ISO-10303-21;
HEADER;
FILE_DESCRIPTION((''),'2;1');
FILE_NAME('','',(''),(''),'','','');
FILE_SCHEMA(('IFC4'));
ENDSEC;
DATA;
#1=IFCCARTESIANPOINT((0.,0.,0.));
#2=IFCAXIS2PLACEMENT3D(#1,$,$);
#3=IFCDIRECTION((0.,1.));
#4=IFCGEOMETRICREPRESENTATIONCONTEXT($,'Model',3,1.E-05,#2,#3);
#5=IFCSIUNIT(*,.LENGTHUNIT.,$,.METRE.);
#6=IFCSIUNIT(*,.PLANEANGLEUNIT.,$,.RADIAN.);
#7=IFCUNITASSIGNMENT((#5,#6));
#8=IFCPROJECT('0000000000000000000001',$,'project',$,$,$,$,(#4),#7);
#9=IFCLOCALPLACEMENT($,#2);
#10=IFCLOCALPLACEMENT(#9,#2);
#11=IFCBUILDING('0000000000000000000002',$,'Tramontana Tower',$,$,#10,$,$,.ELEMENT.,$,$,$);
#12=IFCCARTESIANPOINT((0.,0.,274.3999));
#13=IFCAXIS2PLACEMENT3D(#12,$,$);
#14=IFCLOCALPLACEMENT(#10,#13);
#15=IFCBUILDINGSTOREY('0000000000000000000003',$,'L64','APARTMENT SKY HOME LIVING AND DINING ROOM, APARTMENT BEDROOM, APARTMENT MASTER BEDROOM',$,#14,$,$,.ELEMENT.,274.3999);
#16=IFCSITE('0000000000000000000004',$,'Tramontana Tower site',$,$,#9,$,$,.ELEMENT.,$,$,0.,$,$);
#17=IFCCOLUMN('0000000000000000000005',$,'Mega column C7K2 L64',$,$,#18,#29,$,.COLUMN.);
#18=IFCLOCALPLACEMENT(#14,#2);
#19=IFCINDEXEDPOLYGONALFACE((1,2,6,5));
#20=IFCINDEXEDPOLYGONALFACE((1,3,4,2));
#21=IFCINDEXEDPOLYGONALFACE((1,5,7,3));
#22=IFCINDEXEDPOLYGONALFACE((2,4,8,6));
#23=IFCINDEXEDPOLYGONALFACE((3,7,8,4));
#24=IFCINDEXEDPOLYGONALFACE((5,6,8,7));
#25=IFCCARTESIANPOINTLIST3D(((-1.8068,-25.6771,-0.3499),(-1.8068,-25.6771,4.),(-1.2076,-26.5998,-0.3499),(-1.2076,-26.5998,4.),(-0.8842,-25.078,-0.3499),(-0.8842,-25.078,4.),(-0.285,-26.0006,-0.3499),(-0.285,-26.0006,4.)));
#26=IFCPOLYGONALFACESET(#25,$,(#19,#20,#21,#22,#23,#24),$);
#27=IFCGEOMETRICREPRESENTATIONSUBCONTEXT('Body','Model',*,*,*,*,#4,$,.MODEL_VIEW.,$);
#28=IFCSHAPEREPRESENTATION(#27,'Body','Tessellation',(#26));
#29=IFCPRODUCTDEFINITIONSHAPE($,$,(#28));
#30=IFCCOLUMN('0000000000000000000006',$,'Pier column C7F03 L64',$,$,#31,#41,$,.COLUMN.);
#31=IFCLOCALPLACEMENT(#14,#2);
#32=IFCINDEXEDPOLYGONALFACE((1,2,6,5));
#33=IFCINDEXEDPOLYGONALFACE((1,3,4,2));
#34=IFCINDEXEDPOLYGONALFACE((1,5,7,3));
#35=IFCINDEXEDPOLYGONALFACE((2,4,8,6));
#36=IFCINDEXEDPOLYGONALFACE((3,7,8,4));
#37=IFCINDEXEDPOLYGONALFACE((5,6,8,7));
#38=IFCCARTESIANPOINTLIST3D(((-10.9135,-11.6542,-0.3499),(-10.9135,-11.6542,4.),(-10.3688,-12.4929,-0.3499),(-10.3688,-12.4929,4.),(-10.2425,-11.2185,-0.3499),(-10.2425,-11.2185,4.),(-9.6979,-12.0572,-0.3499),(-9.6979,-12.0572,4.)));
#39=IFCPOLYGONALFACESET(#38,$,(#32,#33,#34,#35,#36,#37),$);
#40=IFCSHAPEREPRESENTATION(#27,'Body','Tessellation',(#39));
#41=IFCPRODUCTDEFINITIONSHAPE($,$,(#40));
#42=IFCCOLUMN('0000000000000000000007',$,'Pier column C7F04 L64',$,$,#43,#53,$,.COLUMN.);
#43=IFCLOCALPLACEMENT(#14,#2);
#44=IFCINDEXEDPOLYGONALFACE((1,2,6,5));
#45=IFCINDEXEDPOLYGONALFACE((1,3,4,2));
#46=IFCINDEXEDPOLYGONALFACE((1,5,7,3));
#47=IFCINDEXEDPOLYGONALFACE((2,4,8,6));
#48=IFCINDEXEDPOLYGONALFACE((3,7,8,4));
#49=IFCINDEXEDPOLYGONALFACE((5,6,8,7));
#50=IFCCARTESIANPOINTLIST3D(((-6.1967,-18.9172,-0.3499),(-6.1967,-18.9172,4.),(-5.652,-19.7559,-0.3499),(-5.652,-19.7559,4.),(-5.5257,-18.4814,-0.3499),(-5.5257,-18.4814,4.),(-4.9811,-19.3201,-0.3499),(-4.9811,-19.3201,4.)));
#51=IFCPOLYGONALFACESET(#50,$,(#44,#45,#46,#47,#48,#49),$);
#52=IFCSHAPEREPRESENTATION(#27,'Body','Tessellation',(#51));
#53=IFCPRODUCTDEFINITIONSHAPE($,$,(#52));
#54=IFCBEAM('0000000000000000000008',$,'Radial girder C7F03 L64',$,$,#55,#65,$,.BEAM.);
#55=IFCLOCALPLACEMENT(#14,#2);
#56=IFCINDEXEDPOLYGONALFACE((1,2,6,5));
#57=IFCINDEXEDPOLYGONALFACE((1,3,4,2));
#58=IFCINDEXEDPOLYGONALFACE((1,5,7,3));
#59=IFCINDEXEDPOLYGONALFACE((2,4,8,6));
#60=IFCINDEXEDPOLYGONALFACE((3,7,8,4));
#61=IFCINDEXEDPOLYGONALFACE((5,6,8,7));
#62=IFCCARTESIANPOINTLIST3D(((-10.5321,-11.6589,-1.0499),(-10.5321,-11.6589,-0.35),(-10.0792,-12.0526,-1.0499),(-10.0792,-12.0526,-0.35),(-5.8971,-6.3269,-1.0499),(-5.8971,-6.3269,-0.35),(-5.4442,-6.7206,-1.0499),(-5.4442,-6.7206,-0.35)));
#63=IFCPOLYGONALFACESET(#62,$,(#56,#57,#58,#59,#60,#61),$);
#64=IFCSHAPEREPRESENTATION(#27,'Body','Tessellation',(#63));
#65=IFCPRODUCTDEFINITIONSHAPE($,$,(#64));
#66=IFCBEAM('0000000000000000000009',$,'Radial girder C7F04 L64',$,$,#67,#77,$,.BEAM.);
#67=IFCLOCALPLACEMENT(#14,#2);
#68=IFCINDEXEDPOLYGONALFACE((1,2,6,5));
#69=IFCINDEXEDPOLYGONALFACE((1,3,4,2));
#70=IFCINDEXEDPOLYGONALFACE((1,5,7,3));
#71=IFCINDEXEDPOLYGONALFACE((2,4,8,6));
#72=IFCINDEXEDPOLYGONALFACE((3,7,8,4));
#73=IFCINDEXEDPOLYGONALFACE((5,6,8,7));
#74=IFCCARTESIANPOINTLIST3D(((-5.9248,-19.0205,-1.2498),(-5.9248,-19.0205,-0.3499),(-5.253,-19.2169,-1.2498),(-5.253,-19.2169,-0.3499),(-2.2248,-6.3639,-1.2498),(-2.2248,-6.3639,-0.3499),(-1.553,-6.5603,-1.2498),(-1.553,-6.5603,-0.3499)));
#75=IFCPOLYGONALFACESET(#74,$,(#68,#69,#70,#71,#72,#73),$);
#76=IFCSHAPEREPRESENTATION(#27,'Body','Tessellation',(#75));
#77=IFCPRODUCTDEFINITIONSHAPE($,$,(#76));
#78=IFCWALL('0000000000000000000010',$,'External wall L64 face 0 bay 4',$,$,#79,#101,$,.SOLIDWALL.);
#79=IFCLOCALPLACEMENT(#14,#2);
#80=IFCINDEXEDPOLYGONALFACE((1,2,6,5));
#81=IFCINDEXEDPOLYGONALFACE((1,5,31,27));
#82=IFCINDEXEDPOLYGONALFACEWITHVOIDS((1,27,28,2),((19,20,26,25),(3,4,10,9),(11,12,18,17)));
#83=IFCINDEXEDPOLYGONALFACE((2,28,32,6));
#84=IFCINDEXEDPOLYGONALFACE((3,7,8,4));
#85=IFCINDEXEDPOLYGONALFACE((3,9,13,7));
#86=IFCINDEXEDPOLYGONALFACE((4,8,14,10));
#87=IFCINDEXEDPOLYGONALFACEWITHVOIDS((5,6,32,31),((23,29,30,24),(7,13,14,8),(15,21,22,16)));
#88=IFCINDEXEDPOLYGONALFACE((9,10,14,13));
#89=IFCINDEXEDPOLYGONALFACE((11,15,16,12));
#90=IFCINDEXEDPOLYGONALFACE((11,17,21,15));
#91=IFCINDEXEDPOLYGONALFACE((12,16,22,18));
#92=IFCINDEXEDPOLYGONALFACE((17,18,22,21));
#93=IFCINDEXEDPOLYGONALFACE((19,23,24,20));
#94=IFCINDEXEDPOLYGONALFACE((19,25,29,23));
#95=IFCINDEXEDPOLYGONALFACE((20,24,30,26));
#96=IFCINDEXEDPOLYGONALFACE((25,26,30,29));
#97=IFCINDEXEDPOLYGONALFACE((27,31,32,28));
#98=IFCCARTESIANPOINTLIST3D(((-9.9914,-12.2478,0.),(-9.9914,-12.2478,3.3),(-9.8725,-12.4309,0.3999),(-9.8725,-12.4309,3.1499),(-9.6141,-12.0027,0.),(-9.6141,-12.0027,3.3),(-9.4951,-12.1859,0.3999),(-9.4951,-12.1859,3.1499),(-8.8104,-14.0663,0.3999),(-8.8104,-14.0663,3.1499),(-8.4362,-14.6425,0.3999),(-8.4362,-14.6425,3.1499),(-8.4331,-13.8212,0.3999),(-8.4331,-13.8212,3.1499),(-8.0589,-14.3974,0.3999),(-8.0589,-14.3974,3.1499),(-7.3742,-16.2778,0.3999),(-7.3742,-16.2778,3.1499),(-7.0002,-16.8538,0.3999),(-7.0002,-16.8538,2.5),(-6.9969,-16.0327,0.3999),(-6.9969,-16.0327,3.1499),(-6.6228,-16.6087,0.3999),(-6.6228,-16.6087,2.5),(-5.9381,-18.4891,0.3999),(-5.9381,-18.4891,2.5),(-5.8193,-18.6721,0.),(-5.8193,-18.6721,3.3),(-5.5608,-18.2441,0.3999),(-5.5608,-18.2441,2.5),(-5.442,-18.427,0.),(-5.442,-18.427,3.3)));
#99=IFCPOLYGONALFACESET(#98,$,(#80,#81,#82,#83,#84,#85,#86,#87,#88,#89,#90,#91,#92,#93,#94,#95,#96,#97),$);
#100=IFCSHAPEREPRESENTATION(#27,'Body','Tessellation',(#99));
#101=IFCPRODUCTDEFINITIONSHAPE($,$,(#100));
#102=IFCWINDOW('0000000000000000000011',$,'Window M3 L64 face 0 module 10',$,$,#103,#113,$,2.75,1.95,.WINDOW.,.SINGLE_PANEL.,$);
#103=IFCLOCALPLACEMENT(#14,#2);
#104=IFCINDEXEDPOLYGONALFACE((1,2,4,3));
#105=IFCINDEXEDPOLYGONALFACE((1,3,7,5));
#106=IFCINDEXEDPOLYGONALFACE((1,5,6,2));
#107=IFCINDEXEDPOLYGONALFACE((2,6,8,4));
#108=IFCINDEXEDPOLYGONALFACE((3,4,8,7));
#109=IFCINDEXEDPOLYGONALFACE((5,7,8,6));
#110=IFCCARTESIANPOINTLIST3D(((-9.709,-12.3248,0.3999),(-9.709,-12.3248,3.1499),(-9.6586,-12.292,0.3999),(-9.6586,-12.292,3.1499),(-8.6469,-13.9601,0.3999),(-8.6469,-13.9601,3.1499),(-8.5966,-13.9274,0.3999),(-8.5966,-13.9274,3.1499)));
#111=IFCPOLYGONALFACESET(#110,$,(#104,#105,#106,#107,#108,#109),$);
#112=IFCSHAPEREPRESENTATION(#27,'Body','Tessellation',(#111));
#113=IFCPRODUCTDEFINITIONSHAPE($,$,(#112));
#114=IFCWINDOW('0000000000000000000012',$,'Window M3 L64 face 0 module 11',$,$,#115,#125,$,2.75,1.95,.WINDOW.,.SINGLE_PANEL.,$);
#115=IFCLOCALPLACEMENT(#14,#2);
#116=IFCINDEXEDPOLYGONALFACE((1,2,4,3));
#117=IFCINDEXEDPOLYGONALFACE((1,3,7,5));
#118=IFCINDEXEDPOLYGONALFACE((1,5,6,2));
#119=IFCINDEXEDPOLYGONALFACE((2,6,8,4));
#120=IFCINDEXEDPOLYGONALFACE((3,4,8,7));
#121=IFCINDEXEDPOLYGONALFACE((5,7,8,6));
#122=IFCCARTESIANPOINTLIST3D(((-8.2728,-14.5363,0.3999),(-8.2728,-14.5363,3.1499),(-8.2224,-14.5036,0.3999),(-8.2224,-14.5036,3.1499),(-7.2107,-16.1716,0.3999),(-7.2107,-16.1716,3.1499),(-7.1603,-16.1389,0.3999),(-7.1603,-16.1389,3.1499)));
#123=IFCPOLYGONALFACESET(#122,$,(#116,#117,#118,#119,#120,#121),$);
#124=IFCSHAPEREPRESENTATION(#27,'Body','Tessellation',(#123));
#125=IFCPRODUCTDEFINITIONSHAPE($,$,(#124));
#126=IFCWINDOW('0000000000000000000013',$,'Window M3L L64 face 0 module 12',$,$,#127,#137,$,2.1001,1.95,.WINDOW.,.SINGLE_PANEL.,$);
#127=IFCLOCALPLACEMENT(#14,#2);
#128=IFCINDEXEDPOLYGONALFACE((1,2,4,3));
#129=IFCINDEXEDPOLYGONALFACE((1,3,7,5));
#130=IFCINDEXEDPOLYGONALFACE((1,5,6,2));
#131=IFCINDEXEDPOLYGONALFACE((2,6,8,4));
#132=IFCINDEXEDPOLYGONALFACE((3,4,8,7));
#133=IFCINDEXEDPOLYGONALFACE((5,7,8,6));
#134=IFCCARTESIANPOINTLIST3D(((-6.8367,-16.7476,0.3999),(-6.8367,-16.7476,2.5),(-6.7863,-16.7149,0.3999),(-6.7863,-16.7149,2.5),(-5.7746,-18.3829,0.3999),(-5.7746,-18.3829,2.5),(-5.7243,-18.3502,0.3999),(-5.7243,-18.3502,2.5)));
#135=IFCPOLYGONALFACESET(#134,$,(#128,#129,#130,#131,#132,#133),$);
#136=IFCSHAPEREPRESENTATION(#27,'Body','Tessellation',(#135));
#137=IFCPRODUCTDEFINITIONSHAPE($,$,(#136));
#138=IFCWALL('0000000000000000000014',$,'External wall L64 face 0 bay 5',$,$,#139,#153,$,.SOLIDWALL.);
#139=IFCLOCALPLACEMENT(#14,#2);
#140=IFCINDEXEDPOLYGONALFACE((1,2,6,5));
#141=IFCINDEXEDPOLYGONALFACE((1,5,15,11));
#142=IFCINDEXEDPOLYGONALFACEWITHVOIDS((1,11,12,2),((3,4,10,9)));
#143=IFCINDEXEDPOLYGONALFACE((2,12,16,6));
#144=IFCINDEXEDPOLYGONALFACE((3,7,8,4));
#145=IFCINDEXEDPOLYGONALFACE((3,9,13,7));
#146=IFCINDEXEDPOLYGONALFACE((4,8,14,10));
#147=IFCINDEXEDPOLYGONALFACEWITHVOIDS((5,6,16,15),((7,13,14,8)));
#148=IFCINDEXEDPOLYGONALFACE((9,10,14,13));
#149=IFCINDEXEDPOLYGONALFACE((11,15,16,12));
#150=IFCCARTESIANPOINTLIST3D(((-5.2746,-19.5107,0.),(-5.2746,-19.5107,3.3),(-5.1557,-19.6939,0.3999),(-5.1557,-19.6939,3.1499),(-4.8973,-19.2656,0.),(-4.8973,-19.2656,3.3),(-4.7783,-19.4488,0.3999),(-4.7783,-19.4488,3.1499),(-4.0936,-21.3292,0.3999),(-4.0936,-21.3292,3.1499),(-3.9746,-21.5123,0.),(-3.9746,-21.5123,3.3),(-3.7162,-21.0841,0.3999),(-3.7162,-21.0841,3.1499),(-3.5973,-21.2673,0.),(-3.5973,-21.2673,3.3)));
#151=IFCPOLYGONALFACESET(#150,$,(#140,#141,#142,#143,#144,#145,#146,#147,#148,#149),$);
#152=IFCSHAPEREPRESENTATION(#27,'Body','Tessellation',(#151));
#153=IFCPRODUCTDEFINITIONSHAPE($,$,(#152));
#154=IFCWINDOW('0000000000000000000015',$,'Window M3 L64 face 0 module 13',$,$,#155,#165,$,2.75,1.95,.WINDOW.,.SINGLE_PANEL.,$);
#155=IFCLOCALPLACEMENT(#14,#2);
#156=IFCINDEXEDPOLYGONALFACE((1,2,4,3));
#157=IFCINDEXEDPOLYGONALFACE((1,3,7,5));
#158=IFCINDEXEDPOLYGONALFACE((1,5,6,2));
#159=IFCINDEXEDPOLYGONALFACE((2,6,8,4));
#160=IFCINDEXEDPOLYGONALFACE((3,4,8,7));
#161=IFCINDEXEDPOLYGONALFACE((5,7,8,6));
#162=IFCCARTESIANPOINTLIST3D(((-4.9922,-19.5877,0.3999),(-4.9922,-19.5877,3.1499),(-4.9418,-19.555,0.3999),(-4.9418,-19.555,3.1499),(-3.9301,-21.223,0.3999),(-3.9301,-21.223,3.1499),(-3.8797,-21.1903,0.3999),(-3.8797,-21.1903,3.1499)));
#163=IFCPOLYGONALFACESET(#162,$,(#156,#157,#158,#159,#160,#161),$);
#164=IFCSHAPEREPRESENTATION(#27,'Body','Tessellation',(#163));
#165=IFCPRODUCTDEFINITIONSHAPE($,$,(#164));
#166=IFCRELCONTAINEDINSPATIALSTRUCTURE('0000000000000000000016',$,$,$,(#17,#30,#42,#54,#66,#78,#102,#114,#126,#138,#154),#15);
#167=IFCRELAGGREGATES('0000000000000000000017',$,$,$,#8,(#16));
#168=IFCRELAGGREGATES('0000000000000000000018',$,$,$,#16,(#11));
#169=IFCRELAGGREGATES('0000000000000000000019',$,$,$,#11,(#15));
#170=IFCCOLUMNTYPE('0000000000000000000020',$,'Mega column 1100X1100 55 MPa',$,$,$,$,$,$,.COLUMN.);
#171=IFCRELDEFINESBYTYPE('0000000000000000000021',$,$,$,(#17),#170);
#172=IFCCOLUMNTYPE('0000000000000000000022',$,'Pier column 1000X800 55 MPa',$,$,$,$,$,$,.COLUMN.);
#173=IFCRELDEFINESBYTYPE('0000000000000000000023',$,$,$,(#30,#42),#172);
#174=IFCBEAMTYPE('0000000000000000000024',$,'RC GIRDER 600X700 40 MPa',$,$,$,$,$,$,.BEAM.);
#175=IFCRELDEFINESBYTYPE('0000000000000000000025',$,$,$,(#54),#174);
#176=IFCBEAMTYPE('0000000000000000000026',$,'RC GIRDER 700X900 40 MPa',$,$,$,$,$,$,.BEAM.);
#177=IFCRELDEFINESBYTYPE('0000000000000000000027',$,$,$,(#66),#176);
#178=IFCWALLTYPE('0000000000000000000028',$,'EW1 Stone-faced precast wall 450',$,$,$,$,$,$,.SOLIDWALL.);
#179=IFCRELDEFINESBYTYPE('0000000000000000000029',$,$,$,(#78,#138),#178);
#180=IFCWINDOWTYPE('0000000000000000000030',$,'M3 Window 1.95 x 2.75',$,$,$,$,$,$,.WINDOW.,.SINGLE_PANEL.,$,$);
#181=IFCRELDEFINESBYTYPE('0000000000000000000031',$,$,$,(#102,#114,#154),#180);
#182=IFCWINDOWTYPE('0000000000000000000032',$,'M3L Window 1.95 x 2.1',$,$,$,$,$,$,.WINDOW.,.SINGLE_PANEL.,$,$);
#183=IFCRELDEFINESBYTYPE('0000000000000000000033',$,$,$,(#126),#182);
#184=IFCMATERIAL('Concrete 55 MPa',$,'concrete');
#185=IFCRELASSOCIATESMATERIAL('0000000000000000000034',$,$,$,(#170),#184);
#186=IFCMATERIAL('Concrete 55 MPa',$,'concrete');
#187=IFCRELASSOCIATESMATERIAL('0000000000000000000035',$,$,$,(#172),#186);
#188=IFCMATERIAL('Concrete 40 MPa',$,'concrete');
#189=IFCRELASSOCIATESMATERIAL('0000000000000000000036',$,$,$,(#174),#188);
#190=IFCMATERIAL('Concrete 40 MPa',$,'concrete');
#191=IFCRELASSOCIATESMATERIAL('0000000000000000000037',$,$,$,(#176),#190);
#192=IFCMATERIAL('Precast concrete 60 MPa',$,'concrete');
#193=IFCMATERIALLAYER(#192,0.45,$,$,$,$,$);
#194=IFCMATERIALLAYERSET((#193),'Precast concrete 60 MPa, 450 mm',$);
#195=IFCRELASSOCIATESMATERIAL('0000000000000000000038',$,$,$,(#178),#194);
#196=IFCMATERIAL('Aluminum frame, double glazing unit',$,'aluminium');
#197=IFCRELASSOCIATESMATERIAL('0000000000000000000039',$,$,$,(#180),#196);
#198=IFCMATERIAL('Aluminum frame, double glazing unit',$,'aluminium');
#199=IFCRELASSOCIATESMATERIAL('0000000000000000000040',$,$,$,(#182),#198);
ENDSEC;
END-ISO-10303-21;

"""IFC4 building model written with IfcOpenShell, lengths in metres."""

from ifc_helpers import new_model, si_unit, direction, frame, frame_2d, origin, origin_2d, place, context, subcontext, project, spatial, rectangle, extrude, material, layer, layer_set, material_profile, profile_set, type_object, element, fill, save


model = new_model("IFC4")

# Units and contexts
model_context = context("Model", 3, precision=1e-05, world=origin(), true_north=direction((0.0, 1.0)))
body_context = subcontext(model_context, "Body", "Model", "MODEL_VIEW")
ifc_project = project(units=[si_unit("LENGTHUNIT", "METRE"), si_unit("PLANEANGLEUNIT", "RADIAN")], contexts=[model_context])

# Site, building, storey
site_placement = place(None, origin())
site = spatial("IfcSite", under=ifc_project, at=site_placement, Name="Tramontana Tower site", CompositionType="ELEMENT", RefElevation=0.0)
building_placement = place(site_placement, origin())
building = spatial("IfcBuilding", under=site, at=building_placement, Name="Tramontana Tower", CompositionType="ELEMENT")
storey_placement = place(building_placement, frame((0.0, 0.0, 274.3999)))
storey = spatial("IfcBuildingStorey", under=building, at=storey_placement, Name="L64", Description="APARTMENT SKY HOME LIVING AND DINING ROOM, APARTMENT BEDROOM, APARTMENT MASTER BEDROOM", CompositionType="ELEMENT", Elevation=274.3999)

# Columns
ifc_material_1 = material(Name="Concrete 55 MPa", Category="concrete")
ifc_material_profile_1 = material_profile(ifc_material_1, rectangle(XDim=1.1001, YDim=1.1001, at=origin_2d()), Name="Mega column 1100X1100 55 MPa")
ifc_profile_set_1 = profile_set([ifc_material_profile_1], Name="Concrete 55 MPa")
column_type_1 = type_object("IfcColumnType", Name="Mega column 1100X1100 55 MPa", PredefinedType="COLUMN", material=ifc_profile_set_1)
column_placement = place(storey_placement, frame((-1.0459, -25.8389, -0.3499), z_axis=(0.0, 0.0, 1.0), x_axis=(0.544639, -0.838671, 0.0)))
element("IfcColumn", 1, at=column_placement, inside=storey, type_object=column_type_1, Name="Mega column C7K2 L64", PredefinedType="COLUMN", context=body_context, shape_type="SweptSolid", body=[
    extrude(rectangle(XDim=1.1001, YDim=1.1001, at=origin_2d()), origin(), (0.0, 0.0, 1.0), 4.3499),
])
ifc_material_2 = material(Name="Concrete 55 MPa", Category="concrete")
ifc_material_profile_2 = material_profile(ifc_material_2, rectangle(XDim=1.0, YDim=0.8, at=origin_2d()), Name="Pier column 1000X800 55 MPa")
ifc_profile_set_2 = profile_set([ifc_material_profile_2], Name="Concrete 55 MPa")
column_type_2 = type_object("IfcColumnType", Name="Pier column 1000X800 55 MPa", PredefinedType="COLUMN", material=ifc_profile_set_2)
for number, where, z_axis, x_axis, name in (
    (2, (-10.3057, -11.8557, -0.3499), (0.0, 0.0, 1.0), (0.544639, -0.838671, 0.0), "Pier column C7F03 L64"),
    (3, (-5.5889, -19.1187, -0.3499), (0.0, 0.0, 1.0), (0.544639, -0.838671, 0.0), "Pier column C7F04 L64"),
):
    element("IfcColumn", number, at=place(storey_placement, frame(where, z_axis=z_axis, x_axis=x_axis)), inside=storey, type_object=column_type_2, Name=name, PredefinedType="COLUMN", context=body_context, shape_type="SweptSolid", body=[
        extrude(rectangle(XDim=1.0, YDim=0.8, at=origin_2d()), origin(), (0.0, 0.0, 1.0), 4.3499),
    ])

# Beams
ifc_material_3 = material(Name="Concrete 40 MPa", Category="concrete")
ifc_material_profile_3 = material_profile(ifc_material_3, rectangle(XDim=0.6001, YDim=0.7, at=origin_2d()), Name="RC GIRDER 600X700 40 MPa")
ifc_profile_set_3 = profile_set([ifc_material_profile_3], Name="Concrete 40 MPa")
beam_type_1 = type_object("IfcBeamType", Name="RC GIRDER 600X700 40 MPa", PredefinedType="BEAM", material=ifc_profile_set_3)
beam_1_placement = place(storey_placement, frame((-10.3057, -11.8557, -0.7), z_axis=(0.656055, 0.754713, 0.0), x_axis=(-0.754713, 0.656055, 0.0)))
element("IfcBeam", 4, at=beam_1_placement, inside=storey, type_object=beam_type_1, Name="Radial girder C7F03 L64", PredefinedType="BEAM", context=body_context, shape_type="SweptSolid", body=[
    extrude(rectangle(XDim=0.6001, YDim=0.7, at=origin_2d()), origin(), (0.0, 0.0, 1.0), 7.0649),
])
ifc_material_4 = material(Name="Concrete 40 MPa", Category="concrete")
ifc_material_profile_4 = material_profile(ifc_material_4, rectangle(XDim=0.7, YDim=0.8999, at=origin_2d()), Name="RC GIRDER 700X900 40 MPa")
ifc_profile_set_4 = profile_set([ifc_material_profile_4], Name="Concrete 40 MPa")
beam_type_2 = type_object("IfcBeamType", Name="RC GIRDER 700X900 40 MPa", PredefinedType="BEAM", material=ifc_profile_set_4)
beam_2_placement = place(storey_placement, frame((-5.5889, -19.1187, -0.7998), z_axis=(0.280592, 0.959827, 0.0), x_axis=(-0.959827, 0.280592, 0.0)))
element("IfcBeam", 5, at=beam_2_placement, inside=storey, type_object=beam_type_2, Name="Radial girder C7F04 L64", PredefinedType="BEAM", context=body_context, shape_type="SweptSolid", body=[
    extrude(rectangle(XDim=0.7, YDim=0.8999, at=origin_2d()), origin(), (0.0, 0.0, 1.0), 13.1863),
])

# Wall, openings, windows
ifc_material_5 = material(Name="Precast concrete 60 MPa", Category="concrete")
ifc_layer_1 = layer(ifc_material_5, 0.45)
ifc_layer_set_1 = layer_set([ifc_layer_1], Name="Precast concrete 60 MPa, 450 mm")
wall_type_1 = type_object("IfcWallType", Name="EW1 Stone-faced precast wall 450", PredefinedType="SOLIDWALL", material=ifc_layer_set_1)
wall_1_placement = place(storey_placement, frame((-9.8027, -12.1252, 0.0), z_axis=(0.0, 0.0, 1.0), x_axis=(0.54465, -0.838663, 0.0)))
wall_1 = element("IfcWall", 6, at=wall_1_placement, inside=storey, type_object=wall_type_1, Name="External wall L64 face 0 bay 4", PredefinedType="SOLIDWALL", context=body_context, shape_type="SweptSolid", body=[
    extrude(rectangle(XDim=7.6602, YDim=0.45, at=frame_2d((3.8301, 0.0))), origin(), (0.0, 0.0, 1.0), 3.3),
])
opening_1_placement = place(wall_1_placement, frame((0.2183, 0.0, 0.3999)))
opening_1 = element("IfcOpeningElement", 7, at=opening_1_placement, cuts=wall_1, PredefinedType="OPENING", context=body_context, shape_type="SweptSolid", body=[
    extrude(rectangle(XDim=1.95, YDim=2.75, at=frame_2d((0.9751, 1.375))), frame((0.0, 0.2349, 0.0), z_axis=(0.0, -1.0, 0.0), x_axis=(1.0, 0.0, 0.0)), (0.0, 0.0, 1.0), 0.47),
])
opening_2_placement = place(wall_1_placement, frame((2.8552, 0.0, 0.3999)))
opening_2 = element("IfcOpeningElement", 8, at=opening_2_placement, cuts=wall_1, PredefinedType="OPENING", context=body_context, shape_type="SweptSolid", body=[
    extrude(rectangle(XDim=1.95, YDim=2.75, at=frame_2d((0.9751, 1.375))), frame((0.0, 0.2349, 0.0), z_axis=(0.0, -1.0, 0.0), x_axis=(1.0, 0.0, 0.0)), (0.0, 0.0, 1.0), 0.47),
])
opening_3_placement = place(wall_1_placement, frame((5.4919, 0.0, 0.3999)))
opening_3 = element("IfcOpeningElement", 9, at=opening_3_placement, cuts=wall_1, PredefinedType="OPENING", context=body_context, shape_type="SweptSolid", body=[
    extrude(rectangle(XDim=1.95, YDim=2.1001, at=frame_2d((0.9751, 1.05))), frame((0.0, 0.2349, 0.0), z_axis=(0.0, -1.0, 0.0), x_axis=(1.0, 0.0, 0.0)), (0.0, 0.0, 1.0), 0.47),
])
ifc_material_6 = material(Name="Aluminum frame, double glazing unit", Category="aluminium")
window_type_1 = type_object("IfcWindowType", Name="M3 Window 1.95 x 2.75", PartitioningType="SINGLE_PANEL", PredefinedType="WINDOW", material=ifc_material_6)
window_1_placement = place(opening_1_placement, origin())
window_1 = element("IfcWindow", 10, at=window_1_placement, inside=storey, type_object=window_type_1, Name="Window M3 L64 face 0 module 10", OverallHeight=2.75, OverallWidth=1.95, PartitioningType="SINGLE_PANEL", PredefinedType="WINDOW", context=body_context, shape_type="SweptSolid", body=[
    extrude(rectangle(XDim=1.95, YDim=2.75, at=frame_2d((0.9751, 1.375))), frame((0.0, 0.03, 0.0), z_axis=(0.0, -1.0, 0.0), x_axis=(1.0, 0.0, 0.0)), (0.0, 0.0, 1.0), 0.0601),
])
fill(opening_1, window_1)
window_2_placement = place(opening_2_placement, origin())
window_2 = element("IfcWindow", 11, at=window_2_placement, inside=storey, type_object=window_type_1, Name="Window M3 L64 face 0 module 11", OverallHeight=2.75, OverallWidth=1.95, PartitioningType="SINGLE_PANEL", PredefinedType="WINDOW", context=body_context, shape_type="SweptSolid", body=[
    extrude(rectangle(XDim=1.95, YDim=2.75, at=frame_2d((0.9751, 1.375))), frame((0.0, 0.03, 0.0), z_axis=(0.0, -1.0, 0.0), x_axis=(1.0, 0.0, 0.0)), (0.0, 0.0, 1.0), 0.0601),
])
fill(opening_2, window_2)
ifc_material_7 = material(Name="Aluminum frame, double glazing unit", Category="aluminium")
window_type_2 = type_object("IfcWindowType", Name="M3L Window 1.95 x 2.1", PartitioningType="SINGLE_PANEL", PredefinedType="WINDOW", material=ifc_material_7)
window_3_placement = place(opening_3_placement, origin())
window_3 = element("IfcWindow", 12, at=window_3_placement, inside=storey, type_object=window_type_2, Name="Window M3L L64 face 0 module 12", OverallHeight=2.1001, OverallWidth=1.95, PartitioningType="SINGLE_PANEL", PredefinedType="WINDOW", context=body_context, shape_type="SweptSolid", body=[
    extrude(rectangle(XDim=1.95, YDim=2.1001, at=frame_2d((0.9751, 1.05))), frame((0.0, 0.03, 0.0), z_axis=(0.0, -1.0, 0.0), x_axis=(1.0, 0.0, 0.0)), (0.0, 0.0, 1.0), 0.0601),
])
fill(opening_3, window_3)

# Wall, opening, window
wall_2_placement = place(storey_placement, frame((-5.0859, -19.3882, 0.0), z_axis=(0.0, 0.0, 1.0), x_axis=(0.544676, -0.838647, 0.0)))
wall_2 = element("IfcWall", 13, at=wall_2_placement, inside=storey, type_object=wall_type_1, Name="External wall L64 face 0 bay 5", PredefinedType="SOLIDWALL", context=body_context, shape_type="SweptSolid", body=[
    extrude(rectangle(XDim=2.3867, YDim=0.45, at=frame_2d((1.1934, 0.0))), origin(), (0.0, 0.0, 1.0), 3.3),
])
opening_4_placement = place(wall_2_placement, frame((0.2183, 0.0, 0.3999)))
opening_4 = element("IfcOpeningElement", 14, at=opening_4_placement, cuts=wall_2, PredefinedType="OPENING", context=body_context, shape_type="SweptSolid", body=[
    extrude(rectangle(XDim=1.95, YDim=2.75, at=frame_2d((0.9751, 1.375))), frame((0.0, 0.2349, 0.0), z_axis=(0.0, -1.0, 0.0), x_axis=(1.0, 0.0, 0.0)), (0.0, 0.0, 1.0), 0.47),
])
window_4_placement = place(opening_4_placement, origin())
window_4 = element("IfcWindow", 15, at=window_4_placement, inside=storey, type_object=window_type_1, Name="Window M3 L64 face 0 module 13", OverallHeight=2.75, OverallWidth=1.95, PartitioningType="SINGLE_PANEL", PredefinedType="WINDOW", context=body_context, shape_type="SweptSolid", body=[
    extrude(rectangle(XDim=1.95, YDim=2.75, at=frame_2d((0.9751, 1.375))), frame((0.0, 0.03, 0.0), z_axis=(0.0, -1.0, 0.0), x_axis=(1.0, 0.0, 0.0)), (0.0, 0.0, 1.0), 0.0601),
])
fill(opening_4, window_4)

save(model, "model.ifc")
